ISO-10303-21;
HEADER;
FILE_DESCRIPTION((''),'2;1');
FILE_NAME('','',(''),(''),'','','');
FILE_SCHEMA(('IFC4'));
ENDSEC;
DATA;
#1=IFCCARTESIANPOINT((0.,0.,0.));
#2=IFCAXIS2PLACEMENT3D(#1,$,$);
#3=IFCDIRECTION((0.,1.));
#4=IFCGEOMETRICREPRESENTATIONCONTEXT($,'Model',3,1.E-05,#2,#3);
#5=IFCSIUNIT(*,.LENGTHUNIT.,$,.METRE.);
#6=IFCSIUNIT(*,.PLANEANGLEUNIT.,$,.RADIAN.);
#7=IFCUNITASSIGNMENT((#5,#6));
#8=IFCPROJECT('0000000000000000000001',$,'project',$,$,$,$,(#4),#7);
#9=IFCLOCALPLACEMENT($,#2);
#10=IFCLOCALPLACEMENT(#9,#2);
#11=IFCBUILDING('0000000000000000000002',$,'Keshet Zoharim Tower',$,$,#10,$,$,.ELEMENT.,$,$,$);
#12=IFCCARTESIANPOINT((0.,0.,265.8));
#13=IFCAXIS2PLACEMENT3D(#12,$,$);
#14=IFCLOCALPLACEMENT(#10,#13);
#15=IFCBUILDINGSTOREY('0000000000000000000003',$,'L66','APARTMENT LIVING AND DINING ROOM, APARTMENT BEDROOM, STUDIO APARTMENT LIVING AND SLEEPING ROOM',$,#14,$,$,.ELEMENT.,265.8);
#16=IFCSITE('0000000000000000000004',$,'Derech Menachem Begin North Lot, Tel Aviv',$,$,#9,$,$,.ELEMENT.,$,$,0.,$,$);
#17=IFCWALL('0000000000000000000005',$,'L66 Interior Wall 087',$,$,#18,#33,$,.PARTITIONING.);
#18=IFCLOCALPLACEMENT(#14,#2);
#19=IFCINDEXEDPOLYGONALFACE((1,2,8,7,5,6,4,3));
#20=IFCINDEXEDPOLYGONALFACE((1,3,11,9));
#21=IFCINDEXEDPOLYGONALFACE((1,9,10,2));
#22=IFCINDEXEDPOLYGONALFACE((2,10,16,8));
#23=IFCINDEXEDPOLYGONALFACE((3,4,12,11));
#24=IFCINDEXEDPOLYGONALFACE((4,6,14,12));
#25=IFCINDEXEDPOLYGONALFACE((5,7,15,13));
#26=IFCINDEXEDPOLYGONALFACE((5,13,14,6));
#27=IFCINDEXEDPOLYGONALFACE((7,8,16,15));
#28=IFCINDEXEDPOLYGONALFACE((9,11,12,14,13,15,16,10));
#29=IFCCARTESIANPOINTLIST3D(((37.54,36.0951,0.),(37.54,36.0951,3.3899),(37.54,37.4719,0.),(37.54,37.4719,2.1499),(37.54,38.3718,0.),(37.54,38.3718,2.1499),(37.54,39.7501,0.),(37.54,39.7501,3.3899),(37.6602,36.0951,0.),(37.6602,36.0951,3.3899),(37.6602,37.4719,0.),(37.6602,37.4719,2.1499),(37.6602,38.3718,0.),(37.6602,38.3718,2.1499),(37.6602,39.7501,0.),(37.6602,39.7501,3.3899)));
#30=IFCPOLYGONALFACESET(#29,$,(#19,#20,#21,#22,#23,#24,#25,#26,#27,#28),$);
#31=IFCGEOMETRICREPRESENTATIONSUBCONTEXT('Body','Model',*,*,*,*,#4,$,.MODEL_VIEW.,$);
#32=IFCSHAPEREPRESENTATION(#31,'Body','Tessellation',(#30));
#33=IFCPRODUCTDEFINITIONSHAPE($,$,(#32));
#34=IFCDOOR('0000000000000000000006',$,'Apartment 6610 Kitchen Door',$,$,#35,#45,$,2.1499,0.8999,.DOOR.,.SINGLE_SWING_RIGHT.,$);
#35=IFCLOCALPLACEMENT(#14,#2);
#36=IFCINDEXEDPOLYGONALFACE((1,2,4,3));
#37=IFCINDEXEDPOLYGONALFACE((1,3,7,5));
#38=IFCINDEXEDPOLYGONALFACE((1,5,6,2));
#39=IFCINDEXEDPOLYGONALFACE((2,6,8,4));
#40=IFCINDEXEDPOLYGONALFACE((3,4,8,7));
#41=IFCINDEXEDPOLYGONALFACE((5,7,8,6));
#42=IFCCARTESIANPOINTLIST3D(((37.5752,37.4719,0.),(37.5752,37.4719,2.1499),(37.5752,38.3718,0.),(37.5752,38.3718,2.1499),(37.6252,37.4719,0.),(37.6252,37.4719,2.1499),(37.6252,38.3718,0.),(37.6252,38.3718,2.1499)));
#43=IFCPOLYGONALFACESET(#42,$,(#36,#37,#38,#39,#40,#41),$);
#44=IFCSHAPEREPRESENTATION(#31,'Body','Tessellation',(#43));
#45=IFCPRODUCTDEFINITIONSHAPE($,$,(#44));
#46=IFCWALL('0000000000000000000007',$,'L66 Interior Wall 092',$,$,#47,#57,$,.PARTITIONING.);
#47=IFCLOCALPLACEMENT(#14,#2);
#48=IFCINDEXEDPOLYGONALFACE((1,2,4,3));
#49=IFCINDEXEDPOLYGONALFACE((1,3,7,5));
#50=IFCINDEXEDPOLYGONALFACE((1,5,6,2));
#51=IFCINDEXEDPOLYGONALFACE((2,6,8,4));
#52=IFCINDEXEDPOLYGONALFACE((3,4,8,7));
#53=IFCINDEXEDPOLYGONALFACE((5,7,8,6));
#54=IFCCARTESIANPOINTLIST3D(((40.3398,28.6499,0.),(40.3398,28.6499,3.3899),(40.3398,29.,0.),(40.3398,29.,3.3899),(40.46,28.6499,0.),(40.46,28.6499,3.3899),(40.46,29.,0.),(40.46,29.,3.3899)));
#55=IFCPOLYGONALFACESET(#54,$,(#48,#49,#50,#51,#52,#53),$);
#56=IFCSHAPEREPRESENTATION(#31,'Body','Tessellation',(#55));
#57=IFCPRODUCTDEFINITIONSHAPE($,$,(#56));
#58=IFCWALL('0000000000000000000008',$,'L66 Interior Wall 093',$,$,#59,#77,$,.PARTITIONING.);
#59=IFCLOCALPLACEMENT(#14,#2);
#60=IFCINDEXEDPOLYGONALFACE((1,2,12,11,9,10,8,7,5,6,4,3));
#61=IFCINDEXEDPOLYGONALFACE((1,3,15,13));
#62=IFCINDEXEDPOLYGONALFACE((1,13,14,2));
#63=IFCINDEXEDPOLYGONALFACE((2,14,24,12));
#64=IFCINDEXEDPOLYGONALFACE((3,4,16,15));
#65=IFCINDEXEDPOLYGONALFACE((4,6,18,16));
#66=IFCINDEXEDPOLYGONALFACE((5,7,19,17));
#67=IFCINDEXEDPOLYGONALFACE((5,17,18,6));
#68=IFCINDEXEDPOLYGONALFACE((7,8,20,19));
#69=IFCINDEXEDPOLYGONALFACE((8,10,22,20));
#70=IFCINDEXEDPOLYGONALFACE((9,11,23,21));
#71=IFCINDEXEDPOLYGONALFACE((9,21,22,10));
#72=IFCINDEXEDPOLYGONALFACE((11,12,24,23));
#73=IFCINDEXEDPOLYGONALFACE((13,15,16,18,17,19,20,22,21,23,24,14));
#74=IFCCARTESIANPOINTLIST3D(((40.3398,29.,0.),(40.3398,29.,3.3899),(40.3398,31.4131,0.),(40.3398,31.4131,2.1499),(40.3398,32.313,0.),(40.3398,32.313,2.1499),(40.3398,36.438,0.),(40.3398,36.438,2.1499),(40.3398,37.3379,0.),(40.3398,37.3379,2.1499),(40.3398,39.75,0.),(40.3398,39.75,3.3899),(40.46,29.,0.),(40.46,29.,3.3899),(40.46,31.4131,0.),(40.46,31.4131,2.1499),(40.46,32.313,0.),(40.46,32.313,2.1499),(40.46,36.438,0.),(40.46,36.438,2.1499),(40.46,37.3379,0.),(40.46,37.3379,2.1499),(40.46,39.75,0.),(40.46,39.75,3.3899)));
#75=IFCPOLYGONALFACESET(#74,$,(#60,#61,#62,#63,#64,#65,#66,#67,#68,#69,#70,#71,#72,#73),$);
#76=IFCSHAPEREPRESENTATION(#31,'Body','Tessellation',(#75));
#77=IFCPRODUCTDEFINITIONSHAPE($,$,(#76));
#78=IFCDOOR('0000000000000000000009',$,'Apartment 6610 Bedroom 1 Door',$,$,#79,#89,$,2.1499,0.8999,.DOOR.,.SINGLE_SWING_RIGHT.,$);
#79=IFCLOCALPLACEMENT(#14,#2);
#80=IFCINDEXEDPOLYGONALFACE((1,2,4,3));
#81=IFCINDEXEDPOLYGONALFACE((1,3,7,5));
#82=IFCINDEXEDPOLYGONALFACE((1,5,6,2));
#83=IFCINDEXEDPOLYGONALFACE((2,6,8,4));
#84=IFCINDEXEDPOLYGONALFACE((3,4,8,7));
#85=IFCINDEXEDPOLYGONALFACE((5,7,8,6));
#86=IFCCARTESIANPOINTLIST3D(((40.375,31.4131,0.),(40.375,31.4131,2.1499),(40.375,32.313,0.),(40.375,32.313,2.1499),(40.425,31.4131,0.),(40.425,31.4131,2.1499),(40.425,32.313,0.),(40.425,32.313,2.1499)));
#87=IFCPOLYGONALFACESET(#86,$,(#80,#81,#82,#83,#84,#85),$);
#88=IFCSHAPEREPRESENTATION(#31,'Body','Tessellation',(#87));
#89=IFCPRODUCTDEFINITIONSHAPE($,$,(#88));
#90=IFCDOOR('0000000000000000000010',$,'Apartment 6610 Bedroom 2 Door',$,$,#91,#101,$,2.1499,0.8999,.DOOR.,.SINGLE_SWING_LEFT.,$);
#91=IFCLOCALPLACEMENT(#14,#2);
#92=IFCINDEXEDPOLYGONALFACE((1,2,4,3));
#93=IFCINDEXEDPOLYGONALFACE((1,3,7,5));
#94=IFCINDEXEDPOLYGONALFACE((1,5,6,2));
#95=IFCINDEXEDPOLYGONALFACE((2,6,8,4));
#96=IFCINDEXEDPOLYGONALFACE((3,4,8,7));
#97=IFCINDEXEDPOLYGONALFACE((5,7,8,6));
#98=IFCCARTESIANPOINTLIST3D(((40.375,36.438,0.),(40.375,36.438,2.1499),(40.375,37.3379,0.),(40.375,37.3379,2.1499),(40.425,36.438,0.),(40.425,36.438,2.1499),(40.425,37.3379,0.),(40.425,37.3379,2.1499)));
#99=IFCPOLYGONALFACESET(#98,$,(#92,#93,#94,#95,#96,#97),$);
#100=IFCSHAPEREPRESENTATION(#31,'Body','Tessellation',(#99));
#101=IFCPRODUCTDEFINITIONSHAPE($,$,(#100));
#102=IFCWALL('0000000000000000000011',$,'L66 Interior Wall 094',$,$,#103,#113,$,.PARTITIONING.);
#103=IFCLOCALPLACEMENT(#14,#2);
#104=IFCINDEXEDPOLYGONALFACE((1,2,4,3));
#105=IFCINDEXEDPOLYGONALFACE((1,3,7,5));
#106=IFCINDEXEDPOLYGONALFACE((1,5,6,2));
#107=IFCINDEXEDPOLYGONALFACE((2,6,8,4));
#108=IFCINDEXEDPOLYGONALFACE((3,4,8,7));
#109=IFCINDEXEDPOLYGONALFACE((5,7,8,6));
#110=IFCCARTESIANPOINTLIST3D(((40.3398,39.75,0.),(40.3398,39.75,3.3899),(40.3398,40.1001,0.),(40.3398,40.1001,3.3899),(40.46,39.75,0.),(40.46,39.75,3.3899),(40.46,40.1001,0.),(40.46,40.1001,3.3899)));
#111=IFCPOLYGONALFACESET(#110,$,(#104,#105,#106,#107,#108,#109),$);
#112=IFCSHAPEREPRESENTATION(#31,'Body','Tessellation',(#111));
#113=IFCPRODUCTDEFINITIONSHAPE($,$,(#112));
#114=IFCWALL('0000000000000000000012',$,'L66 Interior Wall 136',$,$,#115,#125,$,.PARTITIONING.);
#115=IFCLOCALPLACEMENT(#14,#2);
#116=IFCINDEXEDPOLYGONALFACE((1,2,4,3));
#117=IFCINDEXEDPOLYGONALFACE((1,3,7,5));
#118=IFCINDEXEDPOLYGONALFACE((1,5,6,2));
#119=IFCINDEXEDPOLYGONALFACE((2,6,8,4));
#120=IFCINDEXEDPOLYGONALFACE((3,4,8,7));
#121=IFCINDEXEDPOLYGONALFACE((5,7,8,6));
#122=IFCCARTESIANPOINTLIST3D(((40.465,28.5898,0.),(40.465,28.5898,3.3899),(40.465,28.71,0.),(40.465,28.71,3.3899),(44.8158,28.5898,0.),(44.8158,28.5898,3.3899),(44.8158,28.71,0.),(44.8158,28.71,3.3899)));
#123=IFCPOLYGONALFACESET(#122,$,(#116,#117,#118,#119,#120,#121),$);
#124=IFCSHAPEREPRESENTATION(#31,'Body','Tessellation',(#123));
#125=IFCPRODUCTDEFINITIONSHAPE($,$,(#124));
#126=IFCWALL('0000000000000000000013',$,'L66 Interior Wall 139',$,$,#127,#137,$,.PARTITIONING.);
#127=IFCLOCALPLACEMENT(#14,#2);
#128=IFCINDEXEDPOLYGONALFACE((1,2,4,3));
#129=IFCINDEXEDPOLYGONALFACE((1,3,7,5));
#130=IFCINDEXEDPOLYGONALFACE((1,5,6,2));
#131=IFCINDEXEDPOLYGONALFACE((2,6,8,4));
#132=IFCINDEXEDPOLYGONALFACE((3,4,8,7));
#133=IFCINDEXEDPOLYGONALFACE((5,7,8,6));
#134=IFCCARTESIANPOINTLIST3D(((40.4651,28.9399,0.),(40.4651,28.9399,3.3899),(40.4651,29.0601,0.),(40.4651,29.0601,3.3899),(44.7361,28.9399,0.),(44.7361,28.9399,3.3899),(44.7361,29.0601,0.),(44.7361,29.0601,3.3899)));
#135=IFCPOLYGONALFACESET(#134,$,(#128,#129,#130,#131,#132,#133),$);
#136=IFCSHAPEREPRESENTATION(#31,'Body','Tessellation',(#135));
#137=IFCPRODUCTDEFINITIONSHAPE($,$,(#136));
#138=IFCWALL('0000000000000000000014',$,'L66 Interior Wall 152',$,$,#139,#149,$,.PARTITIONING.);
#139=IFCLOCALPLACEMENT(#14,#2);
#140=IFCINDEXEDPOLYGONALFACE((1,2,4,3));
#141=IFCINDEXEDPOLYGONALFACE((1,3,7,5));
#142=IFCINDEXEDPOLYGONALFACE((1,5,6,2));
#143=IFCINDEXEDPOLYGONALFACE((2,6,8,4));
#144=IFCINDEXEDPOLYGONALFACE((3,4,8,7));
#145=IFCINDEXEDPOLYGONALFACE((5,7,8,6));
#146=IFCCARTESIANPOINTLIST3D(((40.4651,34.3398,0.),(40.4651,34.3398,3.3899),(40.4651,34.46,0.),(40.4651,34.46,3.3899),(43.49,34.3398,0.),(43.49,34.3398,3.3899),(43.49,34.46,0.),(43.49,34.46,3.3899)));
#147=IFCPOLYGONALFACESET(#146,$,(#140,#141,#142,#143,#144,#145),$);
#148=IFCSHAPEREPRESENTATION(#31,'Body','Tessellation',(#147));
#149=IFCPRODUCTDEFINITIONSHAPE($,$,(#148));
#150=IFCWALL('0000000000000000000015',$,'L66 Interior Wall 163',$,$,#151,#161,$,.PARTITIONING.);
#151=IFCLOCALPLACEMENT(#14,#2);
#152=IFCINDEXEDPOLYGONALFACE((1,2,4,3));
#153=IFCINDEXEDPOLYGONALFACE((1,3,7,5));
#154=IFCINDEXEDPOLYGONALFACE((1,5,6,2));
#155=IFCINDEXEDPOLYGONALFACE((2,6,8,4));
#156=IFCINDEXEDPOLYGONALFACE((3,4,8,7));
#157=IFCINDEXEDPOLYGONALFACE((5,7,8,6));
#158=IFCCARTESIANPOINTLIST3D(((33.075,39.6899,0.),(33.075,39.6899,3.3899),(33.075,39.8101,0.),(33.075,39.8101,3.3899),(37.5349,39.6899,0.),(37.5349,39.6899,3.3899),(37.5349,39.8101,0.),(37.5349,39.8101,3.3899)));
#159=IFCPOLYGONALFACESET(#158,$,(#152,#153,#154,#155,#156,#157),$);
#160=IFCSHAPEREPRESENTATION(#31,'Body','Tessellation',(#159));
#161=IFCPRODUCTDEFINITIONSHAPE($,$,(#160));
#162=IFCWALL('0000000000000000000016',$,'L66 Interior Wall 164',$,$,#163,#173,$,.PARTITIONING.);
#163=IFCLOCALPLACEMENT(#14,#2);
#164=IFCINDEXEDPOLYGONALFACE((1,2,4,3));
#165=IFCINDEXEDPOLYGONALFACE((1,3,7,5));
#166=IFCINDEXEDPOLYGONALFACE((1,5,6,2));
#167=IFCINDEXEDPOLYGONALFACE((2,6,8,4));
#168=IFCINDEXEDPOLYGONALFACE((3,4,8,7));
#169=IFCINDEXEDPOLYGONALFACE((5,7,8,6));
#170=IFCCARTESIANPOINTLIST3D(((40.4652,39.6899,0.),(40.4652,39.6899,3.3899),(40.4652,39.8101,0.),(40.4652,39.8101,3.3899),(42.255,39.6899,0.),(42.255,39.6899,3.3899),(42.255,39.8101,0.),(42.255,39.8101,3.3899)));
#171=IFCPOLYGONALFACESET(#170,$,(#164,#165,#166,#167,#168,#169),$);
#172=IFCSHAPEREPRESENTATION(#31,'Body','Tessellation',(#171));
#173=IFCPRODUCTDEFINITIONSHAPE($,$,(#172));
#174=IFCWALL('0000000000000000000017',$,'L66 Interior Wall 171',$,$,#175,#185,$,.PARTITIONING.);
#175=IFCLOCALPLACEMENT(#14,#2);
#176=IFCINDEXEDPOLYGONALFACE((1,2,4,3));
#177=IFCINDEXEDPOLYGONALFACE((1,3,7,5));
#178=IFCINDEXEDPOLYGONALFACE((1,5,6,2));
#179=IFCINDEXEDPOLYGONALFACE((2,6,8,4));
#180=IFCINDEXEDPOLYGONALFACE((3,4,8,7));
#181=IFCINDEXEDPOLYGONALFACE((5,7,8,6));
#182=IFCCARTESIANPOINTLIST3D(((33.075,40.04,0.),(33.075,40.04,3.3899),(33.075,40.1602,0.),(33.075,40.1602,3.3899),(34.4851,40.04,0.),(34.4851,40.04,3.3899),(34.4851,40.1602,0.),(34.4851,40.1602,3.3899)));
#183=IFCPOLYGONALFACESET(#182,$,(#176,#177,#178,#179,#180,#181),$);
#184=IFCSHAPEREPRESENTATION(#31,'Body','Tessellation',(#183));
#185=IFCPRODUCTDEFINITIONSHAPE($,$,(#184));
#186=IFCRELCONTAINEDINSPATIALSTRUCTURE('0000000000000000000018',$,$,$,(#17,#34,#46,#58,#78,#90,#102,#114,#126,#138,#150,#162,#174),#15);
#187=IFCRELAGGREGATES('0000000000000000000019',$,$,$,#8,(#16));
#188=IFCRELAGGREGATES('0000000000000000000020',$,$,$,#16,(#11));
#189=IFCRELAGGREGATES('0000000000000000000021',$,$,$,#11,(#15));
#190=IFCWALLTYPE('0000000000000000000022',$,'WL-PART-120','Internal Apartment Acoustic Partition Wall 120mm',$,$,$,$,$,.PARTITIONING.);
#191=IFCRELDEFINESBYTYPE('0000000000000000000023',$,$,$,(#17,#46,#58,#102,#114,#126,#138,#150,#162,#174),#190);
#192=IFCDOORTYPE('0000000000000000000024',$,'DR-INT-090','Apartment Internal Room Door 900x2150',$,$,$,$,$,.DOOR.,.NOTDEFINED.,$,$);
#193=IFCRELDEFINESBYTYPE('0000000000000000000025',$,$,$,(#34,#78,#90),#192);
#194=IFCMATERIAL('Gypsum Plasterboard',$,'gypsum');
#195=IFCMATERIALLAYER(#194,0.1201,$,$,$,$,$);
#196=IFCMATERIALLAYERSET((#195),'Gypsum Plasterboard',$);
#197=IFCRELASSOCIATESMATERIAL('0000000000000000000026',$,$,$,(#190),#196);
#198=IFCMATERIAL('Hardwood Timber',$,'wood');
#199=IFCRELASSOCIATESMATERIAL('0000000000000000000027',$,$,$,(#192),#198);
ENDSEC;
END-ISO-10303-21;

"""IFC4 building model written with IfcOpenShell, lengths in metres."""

from ifc_helpers import new_model, si_unit, direction, frame, frame_2d, origin, place, context, subcontext, project, spatial, rectangle, extrude, material, layer, layer_set, type_object, element, fill, save


model = new_model("IFC4")

# Units and contexts
model_context = context("Model", 3, precision=1e-05, world=origin(), true_north=direction((0.0, 1.0)))
body_context = subcontext(model_context, "Body", "Model", "MODEL_VIEW")
ifc_project = project(units=[si_unit("LENGTHUNIT", "METRE"), si_unit("PLANEANGLEUNIT", "RADIAN")], contexts=[model_context])

# Site, building, storey
site_placement = place(None, origin())
site = spatial("IfcSite", under=ifc_project, at=site_placement, Name="Derech Menachem Begin North Lot, Tel Aviv", CompositionType="ELEMENT", RefElevation=0.0)
building_placement = place(site_placement, origin())
building = spatial("IfcBuilding", under=site, at=building_placement, Name="Keshet Zoharim Tower", CompositionType="ELEMENT")
storey_placement = place(building_placement, frame((0.0, 0.0, 265.8)))
storey = spatial("IfcBuildingStorey", under=building, at=storey_placement, Name="L66", Description="APARTMENT LIVING AND DINING ROOM, APARTMENT BEDROOM, STUDIO APARTMENT LIVING AND SLEEPING ROOM", CompositionType="ELEMENT", Elevation=265.8)

# Shared definitions
ifc_material_1 = material(Name="Hardwood Timber", Category="wood")

# Shared definitions
ifc_material_2 = material(Name="Gypsum Plasterboard", Category="gypsum")
ifc_layer_1 = layer(ifc_material_2, 0.1201)
ifc_layer_set_1 = layer_set([ifc_layer_1], Name="Gypsum Plasterboard")
wall_type_1 = type_object("IfcWallType", Name="WL-PART-120", Description="Internal Apartment Acoustic Partition Wall 120mm", PredefinedType="PARTITIONING", material=ifc_layer_set_1)

# Wall, opening, door
wall_1_placement = place(storey_placement, frame((37.6001, 36.095, 0.0), z_axis=(0.0, 0.0, 1.0), x_axis=(0.0, 1.0, 0.0)))
wall_1 = element("IfcWall", 1, at=wall_1_placement, inside=storey, type_object=wall_type_1, Name="L66 Interior Wall 087", PredefinedType="PARTITIONING", context=body_context, shape_type="SweptSolid", body=[
    extrude(rectangle(XDim=3.655, YDim=0.1201, at=frame_2d((1.8276, 0.0))), origin(), (0.0, 0.0, 1.0), 3.3899),
])
opening_1_placement = place(wall_1_placement, frame((1.377, 0.0, 0.0)))
opening_1 = element("IfcOpeningElement", 2, at=opening_1_placement, cuts=wall_1, PredefinedType="OPENING", context=body_context, shape_type="SweptSolid", body=[
    extrude(rectangle(XDim=0.8999, YDim=2.1499, at=frame_2d((0.45, 1.075))), frame((0.0, 0.0701, 0.0), z_axis=(0.0, -1.0, 0.0), x_axis=(1.0, 0.0, 0.0)), (0.0, 0.0, 1.0), 0.1401),
])
door_type_1 = type_object("IfcDoorType", Name="DR-INT-090", Description="Apartment Internal Room Door 900x2150", OperationType="NOTDEFINED", PredefinedType="DOOR", material=ifc_material_1)
door_1_placement = place(opening_1_placement, origin())
door_1 = element("IfcDoor", 3, at=door_1_placement, inside=storey, type_object=door_type_1, Name="Apartment 6610 Kitchen Door", OperationType="SINGLE_SWING_RIGHT", OverallHeight=2.1499, OverallWidth=0.8999, PredefinedType="DOOR", context=body_context, shape_type="SweptSolid", body=[
    extrude(rectangle(XDim=0.8999, YDim=2.1499, at=frame_2d((0.45, 1.075))), frame((0.0, 0.0249, 0.0), z_axis=(0.0, -1.0, 0.0), x_axis=(1.0, 0.0, 0.0)), (0.0, 0.0, 1.0), 0.05),
])
fill(opening_1, door_1)

# Wall
wall_2_placement = place(storey_placement, frame((40.3999, 28.6499, 0.0), z_axis=(0.0, 0.0, 1.0), x_axis=(0.0, 1.0, 0.0)))
element("IfcWall", 4, at=wall_2_placement, inside=storey, type_object=wall_type_1, Name="L66 Interior Wall 092", PredefinedType="PARTITIONING", context=body_context, shape_type="SweptSolid", body=[
    extrude(rectangle(XDim=0.3501, YDim=0.1201, at=frame_2d((0.175, 0.0))), origin(), (0.0, 0.0, 1.0), 3.3899),
])

# Wall, openings, doors
wall_3_placement = place(storey_placement, frame((40.3999, 29.0, 0.0), z_axis=(0.0, 0.0, 1.0), x_axis=(0.0, 1.0, 0.0)))
wall_3 = element("IfcWall", 5, at=wall_3_placement, inside=storey, type_object=wall_type_1, Name="L66 Interior Wall 093", PredefinedType="PARTITIONING", context=body_context, shape_type="SweptSolid", body=[
    extrude(rectangle(XDim=10.75, YDim=0.1201, at=frame_2d((5.375, 0.0))), origin(), (0.0, 0.0, 1.0), 3.3899),
])
opening_2_placement = place(wall_3_placement, frame((2.4131, 0.0, 0.0)))
opening_2 = element("IfcOpeningElement", 6, at=opening_2_placement, cuts=wall_3, PredefinedType="OPENING", context=body_context, shape_type="SweptSolid", body=[
    extrude(rectangle(XDim=0.8999, YDim=2.1499, at=frame_2d((0.45, 1.075))), frame((0.0, 0.0701, 0.0), z_axis=(0.0, -1.0, 0.0), x_axis=(1.0, 0.0, 0.0)), (0.0, 0.0, 1.0), 0.1401),
])
opening_3_placement = place(wall_3_placement, frame((7.438, 0.0, 0.0)))
opening_3 = element("IfcOpeningElement", 7, at=opening_3_placement, cuts=wall_3, PredefinedType="OPENING", context=body_context, shape_type="SweptSolid", body=[
    extrude(rectangle(XDim=0.8999, YDim=2.1499, at=frame_2d((0.45, 1.075))), frame((0.0, 0.0701, 0.0), z_axis=(0.0, -1.0, 0.0), x_axis=(1.0, 0.0, 0.0)), (0.0, 0.0, 1.0), 0.1401),
])
door_2_placement = place(opening_2_placement, origin())
door_2 = element("IfcDoor", 8, at=door_2_placement, inside=storey, type_object=door_type_1, Name="Apartment 6610 Bedroom 1 Door", OperationType="SINGLE_SWING_RIGHT", OverallHeight=2.1499, OverallWidth=0.8999, PredefinedType="DOOR", context=body_context, shape_type="SweptSolid", body=[
    extrude(rectangle(XDim=0.8999, YDim=2.1499, at=frame_2d((0.45, 1.075))), frame((0.0, 0.0249, 0.0), z_axis=(0.0, -1.0, 0.0), x_axis=(1.0, 0.0, 0.0)), (0.0, 0.0, 1.0), 0.05),
])
fill(opening_2, door_2)
door_3_placement = place(opening_3_placement, origin())
door_3 = element("IfcDoor", 9, at=door_3_placement, inside=storey, type_object=door_type_1, Name="Apartment 6610 Bedroom 2 Door", OperationType="SINGLE_SWING_LEFT", OverallHeight=2.1499, OverallWidth=0.8999, PredefinedType="DOOR", context=body_context, shape_type="SweptSolid", body=[
    extrude(rectangle(XDim=0.8999, YDim=2.1499, at=frame_2d((0.45, 1.075))), frame((0.0, 0.0249, 0.0), z_axis=(0.0, -1.0, 0.0), x_axis=(1.0, 0.0, 0.0)), (0.0, 0.0, 1.0), 0.05),
])
fill(opening_3, door_3)

# Walls
wall_4_placement = place(storey_placement, frame((40.3999, 39.75, 0.0), z_axis=(0.0, 0.0, 1.0), x_axis=(0.0, 1.0, 0.0)))
element("IfcWall", 10, at=wall_4_placement, inside=storey, type_object=wall_type_1, Name="L66 Interior Wall 094", PredefinedType="PARTITIONING", context=body_context, shape_type="SweptSolid", body=[
    extrude(rectangle(XDim=0.3501, YDim=0.1201, at=frame_2d((0.175, 0.0))), origin(), (0.0, 0.0, 1.0), 3.3899),
])
wall_5_placement = place(storey_placement, frame((40.4651, 28.6499, 0.0), z_axis=(0.0, 0.0, 1.0), x_axis=(1.0, 0.0, 0.0)))
element("IfcWall", 11, at=wall_5_placement, inside=storey, type_object=wall_type_1, Name="L66 Interior Wall 136", PredefinedType="PARTITIONING", context=body_context, shape_type="SweptSolid", body=[
    extrude(rectangle(XDim=4.3508, YDim=0.1201, at=frame_2d((2.1753, 0.0))), origin(), (0.0, 0.0, 1.0), 3.3899),
])
wall_6_placement = place(storey_placement, frame((40.4651, 29.0, 0.0), z_axis=(0.0, 0.0, 1.0), x_axis=(1.0, 0.0, 0.0)))
element("IfcWall", 12, at=wall_6_placement, inside=storey, type_object=wall_type_1, Name="L66 Interior Wall 139", PredefinedType="PARTITIONING", context=body_context, shape_type="SweptSolid", body=[
    extrude(rectangle(XDim=4.271, YDim=0.1201, at=frame_2d((2.1355, 0.0))), origin(), (0.0, 0.0, 1.0), 3.3899),
])
wall_7_placement = place(storey_placement, frame((40.4651, 34.3999, 0.0), z_axis=(0.0, 0.0, 1.0), x_axis=(1.0, 0.0, 0.0)))
element("IfcWall", 13, at=wall_7_placement, inside=storey, type_object=wall_type_1, Name="L66 Interior Wall 152", PredefinedType="PARTITIONING", context=body_context, shape_type="SweptSolid", body=[
    extrude(rectangle(XDim=3.0249, YDim=0.1201, at=frame_2d((1.5125, 0.0))), origin(), (0.0, 0.0, 1.0), 3.3899),
])
wall_8_placement = place(storey_placement, frame((33.075, 39.75, 0.0), z_axis=(0.0, 0.0, 1.0), x_axis=(1.0, 0.0, 0.0)))
element("IfcWall", 14, at=wall_8_placement, inside=storey, type_object=wall_type_1, Name="L66 Interior Wall 163", PredefinedType="PARTITIONING", context=body_context, shape_type="SweptSolid", body=[
    extrude(rectangle(XDim=4.46, YDim=0.1201, at=frame_2d((2.23, 0.0))), origin(), (0.0, 0.0, 1.0), 3.3899),
])
wall_9_placement = place(storey_placement, frame((40.4651, 39.75, 0.0), z_axis=(0.0, 0.0, 1.0), x_axis=(1.0, 0.0, 0.0)))
element("IfcWall", 15, at=wall_9_placement, inside=storey, type_object=wall_type_1, Name="L66 Interior Wall 164", PredefinedType="PARTITIONING", context=body_context, shape_type="SweptSolid", body=[
    extrude(rectangle(XDim=1.7898, YDim=0.1201, at=frame_2d((0.895, 0.0))), origin(), (0.0, 0.0, 1.0), 3.3899),
])
wall_10_placement = place(storey_placement, frame((33.075, 40.1001, 0.0), z_axis=(0.0, 0.0, 1.0), x_axis=(1.0, 0.0, 0.0)))
element("IfcWall", 16, at=wall_10_placement, inside=storey, type_object=wall_type_1, Name="L66 Interior Wall 171", PredefinedType="PARTITIONING", context=body_context, shape_type="SweptSolid", body=[
    extrude(rectangle(XDim=1.4102, YDim=0.1201, at=frame_2d((0.7051, 0.0))), origin(), (0.0, 0.0, 1.0), 3.3899),
])

save(model, "model.ifc")
